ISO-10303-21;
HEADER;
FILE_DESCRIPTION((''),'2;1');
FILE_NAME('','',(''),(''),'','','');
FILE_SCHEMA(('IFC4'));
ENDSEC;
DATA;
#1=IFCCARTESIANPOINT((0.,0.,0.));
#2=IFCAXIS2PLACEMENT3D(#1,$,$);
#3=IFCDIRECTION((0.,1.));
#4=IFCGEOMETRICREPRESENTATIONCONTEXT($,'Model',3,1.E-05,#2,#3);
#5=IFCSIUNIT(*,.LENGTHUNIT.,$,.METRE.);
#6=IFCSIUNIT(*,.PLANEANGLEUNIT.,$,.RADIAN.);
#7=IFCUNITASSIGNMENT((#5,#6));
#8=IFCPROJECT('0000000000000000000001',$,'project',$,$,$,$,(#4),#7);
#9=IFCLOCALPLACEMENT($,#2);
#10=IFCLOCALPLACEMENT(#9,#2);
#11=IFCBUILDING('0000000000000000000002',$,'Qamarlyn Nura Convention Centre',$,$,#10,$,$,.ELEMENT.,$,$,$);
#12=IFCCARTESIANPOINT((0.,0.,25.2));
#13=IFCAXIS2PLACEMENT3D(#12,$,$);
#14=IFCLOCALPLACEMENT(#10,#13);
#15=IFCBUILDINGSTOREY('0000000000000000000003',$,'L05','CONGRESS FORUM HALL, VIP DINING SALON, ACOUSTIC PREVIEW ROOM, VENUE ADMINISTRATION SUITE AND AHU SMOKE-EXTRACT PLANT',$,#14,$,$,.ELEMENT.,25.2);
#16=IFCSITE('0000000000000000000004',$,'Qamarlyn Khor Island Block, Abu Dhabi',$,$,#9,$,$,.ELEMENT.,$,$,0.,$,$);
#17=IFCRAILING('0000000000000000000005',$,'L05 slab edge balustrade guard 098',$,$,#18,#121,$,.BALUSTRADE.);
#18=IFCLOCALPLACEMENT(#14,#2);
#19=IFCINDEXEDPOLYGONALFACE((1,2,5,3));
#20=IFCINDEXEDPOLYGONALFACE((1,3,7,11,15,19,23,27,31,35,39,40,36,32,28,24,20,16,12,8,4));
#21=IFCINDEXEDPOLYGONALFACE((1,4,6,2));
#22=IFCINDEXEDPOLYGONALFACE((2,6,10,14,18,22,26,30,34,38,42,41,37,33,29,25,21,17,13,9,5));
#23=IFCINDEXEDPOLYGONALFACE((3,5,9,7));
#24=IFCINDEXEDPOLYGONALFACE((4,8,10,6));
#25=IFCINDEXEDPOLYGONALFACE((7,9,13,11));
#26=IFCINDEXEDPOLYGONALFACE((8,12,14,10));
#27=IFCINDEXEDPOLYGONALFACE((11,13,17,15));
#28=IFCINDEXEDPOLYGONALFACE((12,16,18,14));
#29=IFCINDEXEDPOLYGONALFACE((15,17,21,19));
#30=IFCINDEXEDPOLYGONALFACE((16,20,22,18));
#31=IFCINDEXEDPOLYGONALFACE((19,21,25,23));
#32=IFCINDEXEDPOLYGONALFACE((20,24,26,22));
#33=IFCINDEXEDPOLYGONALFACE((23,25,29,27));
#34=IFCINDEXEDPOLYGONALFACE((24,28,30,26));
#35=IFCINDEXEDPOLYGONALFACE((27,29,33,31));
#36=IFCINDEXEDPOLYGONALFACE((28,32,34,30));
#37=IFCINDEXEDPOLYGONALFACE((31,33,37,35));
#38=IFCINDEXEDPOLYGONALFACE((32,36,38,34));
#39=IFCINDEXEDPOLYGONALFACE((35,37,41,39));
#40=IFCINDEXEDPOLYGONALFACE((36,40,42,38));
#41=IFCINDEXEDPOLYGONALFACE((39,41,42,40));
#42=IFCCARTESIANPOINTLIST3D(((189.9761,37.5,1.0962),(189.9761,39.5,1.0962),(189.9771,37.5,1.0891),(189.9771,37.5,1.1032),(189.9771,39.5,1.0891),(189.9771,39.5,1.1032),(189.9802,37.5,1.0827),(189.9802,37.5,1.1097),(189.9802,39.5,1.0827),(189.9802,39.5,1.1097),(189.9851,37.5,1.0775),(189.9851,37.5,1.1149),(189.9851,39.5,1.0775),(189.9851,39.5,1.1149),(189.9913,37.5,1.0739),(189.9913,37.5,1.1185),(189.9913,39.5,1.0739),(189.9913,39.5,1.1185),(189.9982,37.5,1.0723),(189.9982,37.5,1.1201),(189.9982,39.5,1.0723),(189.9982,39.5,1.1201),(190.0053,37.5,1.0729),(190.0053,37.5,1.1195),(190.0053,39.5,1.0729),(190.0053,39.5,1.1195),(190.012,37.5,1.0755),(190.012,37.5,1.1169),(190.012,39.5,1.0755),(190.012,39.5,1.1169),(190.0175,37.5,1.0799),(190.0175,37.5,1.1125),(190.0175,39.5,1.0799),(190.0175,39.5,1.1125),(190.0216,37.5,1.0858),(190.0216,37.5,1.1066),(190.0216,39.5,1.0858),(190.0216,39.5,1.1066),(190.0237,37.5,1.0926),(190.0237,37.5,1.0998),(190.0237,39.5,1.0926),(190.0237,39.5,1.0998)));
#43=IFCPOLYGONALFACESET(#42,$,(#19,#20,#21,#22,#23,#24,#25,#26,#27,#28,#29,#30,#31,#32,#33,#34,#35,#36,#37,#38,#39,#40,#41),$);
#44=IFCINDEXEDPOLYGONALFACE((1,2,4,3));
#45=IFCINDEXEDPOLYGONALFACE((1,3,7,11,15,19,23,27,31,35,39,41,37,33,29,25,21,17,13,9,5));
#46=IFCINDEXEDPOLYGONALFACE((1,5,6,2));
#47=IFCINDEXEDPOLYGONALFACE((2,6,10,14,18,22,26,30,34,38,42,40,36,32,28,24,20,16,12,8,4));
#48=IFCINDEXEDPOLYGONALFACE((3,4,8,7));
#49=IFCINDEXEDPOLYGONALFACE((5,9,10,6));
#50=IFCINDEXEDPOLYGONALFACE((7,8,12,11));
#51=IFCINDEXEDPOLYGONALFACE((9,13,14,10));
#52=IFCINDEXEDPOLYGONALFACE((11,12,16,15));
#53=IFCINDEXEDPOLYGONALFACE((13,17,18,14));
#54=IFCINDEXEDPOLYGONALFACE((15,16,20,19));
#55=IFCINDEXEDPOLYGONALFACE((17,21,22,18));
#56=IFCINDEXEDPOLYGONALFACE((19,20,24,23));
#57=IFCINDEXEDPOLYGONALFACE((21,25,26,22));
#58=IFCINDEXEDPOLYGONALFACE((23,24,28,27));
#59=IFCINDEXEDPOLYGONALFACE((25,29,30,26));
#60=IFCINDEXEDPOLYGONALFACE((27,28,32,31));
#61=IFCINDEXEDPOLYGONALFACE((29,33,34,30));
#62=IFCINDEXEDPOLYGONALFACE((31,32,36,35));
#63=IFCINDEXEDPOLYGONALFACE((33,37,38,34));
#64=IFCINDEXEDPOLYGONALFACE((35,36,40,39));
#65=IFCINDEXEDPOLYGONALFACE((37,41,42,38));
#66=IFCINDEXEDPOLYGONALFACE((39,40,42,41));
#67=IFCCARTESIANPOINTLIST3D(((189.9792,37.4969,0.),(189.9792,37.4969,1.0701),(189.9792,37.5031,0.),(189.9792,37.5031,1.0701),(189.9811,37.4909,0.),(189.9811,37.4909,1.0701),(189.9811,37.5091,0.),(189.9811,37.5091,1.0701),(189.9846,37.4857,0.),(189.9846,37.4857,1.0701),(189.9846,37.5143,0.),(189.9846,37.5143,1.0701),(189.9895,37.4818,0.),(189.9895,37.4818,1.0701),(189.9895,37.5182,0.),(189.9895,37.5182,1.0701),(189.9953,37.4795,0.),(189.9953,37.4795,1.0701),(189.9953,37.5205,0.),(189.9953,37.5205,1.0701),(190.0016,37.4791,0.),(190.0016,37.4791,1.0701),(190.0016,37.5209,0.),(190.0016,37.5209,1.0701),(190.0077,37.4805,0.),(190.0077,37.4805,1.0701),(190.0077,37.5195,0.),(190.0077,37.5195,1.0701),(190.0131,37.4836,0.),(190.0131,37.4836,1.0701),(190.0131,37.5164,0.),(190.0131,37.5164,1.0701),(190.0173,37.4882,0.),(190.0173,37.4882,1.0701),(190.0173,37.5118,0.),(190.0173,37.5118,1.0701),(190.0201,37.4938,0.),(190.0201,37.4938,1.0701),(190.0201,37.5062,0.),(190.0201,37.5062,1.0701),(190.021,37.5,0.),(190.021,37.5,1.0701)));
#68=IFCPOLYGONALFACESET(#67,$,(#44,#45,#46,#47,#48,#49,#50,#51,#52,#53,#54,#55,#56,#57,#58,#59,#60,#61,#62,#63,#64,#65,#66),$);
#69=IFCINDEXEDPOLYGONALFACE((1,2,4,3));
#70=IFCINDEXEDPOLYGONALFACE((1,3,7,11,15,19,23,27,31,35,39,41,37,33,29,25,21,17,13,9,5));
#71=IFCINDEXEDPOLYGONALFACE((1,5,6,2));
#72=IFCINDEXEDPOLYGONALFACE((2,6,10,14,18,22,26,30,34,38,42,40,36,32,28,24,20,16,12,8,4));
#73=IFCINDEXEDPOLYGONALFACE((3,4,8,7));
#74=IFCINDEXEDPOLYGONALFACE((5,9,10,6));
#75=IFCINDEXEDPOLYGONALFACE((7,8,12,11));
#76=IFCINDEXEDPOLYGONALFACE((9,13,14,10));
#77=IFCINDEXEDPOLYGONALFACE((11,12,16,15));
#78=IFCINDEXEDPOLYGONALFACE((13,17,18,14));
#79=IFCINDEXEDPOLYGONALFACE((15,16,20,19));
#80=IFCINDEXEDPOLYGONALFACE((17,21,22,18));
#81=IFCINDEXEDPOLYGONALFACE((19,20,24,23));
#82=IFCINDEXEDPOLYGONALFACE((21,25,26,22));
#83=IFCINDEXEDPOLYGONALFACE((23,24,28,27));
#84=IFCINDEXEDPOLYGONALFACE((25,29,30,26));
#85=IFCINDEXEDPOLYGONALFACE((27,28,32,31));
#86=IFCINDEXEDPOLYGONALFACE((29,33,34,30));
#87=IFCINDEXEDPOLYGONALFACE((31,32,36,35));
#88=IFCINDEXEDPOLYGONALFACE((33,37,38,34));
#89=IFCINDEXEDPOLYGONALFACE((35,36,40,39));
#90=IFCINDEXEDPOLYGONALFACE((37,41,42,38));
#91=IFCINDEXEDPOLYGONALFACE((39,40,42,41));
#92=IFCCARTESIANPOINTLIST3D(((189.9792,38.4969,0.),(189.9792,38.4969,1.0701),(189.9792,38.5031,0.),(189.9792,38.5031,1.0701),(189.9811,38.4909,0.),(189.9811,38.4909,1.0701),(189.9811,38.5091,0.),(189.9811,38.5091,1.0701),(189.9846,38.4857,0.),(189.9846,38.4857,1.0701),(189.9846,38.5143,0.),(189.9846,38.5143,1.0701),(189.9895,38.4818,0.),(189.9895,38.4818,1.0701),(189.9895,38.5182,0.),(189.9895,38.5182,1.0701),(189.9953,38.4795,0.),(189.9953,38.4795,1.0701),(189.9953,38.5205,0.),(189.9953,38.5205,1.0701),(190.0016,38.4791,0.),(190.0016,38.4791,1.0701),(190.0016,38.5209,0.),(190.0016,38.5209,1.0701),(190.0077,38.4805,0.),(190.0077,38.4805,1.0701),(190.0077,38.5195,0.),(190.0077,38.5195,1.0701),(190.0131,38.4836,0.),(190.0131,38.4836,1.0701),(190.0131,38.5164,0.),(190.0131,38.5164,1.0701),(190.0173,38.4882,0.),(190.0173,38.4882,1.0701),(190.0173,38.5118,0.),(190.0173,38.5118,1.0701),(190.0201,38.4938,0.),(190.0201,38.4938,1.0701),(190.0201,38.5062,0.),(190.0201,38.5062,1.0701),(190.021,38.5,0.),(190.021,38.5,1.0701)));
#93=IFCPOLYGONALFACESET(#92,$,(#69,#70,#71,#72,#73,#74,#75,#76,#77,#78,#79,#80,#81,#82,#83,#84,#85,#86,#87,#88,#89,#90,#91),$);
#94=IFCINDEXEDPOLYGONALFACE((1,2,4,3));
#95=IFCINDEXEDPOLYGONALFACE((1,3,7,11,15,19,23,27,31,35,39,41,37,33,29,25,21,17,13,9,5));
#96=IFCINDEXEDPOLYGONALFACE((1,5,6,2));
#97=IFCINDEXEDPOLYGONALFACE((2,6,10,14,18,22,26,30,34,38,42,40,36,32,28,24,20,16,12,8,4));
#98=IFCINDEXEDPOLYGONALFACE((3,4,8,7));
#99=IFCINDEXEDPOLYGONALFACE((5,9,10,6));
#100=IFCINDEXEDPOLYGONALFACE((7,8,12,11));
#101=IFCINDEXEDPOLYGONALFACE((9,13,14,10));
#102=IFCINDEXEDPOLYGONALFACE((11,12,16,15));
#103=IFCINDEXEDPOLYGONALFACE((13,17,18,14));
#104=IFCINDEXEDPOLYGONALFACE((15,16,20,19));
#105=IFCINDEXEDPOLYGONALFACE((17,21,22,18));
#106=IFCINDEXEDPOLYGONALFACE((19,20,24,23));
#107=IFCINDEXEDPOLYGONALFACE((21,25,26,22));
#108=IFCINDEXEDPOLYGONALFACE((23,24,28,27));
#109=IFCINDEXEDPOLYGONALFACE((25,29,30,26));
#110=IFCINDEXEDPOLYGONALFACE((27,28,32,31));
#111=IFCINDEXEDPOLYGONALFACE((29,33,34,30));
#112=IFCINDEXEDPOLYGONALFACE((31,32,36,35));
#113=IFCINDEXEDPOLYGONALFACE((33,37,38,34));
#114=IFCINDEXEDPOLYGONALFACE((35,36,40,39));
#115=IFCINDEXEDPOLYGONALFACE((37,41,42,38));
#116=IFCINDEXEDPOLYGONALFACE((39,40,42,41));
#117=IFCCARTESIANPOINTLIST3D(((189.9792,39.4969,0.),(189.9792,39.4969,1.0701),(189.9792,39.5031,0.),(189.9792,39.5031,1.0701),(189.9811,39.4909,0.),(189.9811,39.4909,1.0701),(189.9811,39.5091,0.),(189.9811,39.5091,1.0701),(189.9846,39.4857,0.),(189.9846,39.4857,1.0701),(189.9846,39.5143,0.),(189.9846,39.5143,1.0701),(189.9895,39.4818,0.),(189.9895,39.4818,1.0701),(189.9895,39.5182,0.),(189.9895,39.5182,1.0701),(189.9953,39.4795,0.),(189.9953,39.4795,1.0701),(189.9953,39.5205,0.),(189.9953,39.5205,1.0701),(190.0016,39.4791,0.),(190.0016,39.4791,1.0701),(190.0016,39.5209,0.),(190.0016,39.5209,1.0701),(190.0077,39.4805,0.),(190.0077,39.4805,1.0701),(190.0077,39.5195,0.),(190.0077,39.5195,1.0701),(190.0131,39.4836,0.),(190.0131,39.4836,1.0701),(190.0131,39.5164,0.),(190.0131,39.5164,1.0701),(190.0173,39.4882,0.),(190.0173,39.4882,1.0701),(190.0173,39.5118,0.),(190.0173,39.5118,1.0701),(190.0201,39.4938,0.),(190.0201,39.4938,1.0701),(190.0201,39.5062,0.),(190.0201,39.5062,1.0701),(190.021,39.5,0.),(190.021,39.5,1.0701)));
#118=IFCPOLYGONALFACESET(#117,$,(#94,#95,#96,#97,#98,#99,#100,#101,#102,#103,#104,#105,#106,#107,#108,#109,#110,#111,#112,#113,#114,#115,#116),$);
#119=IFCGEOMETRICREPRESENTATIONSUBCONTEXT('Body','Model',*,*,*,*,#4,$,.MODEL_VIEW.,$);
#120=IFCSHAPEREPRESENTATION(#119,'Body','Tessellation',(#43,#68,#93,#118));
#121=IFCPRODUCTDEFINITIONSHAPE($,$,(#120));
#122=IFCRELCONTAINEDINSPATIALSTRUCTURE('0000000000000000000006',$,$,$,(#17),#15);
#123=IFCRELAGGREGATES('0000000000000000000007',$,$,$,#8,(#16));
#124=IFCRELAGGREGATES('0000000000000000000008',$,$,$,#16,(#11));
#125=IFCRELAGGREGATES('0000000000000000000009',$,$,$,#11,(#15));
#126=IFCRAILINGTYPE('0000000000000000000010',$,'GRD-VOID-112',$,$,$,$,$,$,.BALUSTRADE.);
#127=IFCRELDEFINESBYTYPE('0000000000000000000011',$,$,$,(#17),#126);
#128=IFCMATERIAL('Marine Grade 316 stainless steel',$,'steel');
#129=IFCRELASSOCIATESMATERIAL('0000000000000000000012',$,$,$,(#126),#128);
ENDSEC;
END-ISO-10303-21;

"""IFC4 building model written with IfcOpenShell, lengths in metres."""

from ifc_helpers import new_model, si_unit, direction, frame, origin, origin_2d, place, context, subcontext, project, spatial, circle, extrude, material, type_object, element, save


model = new_model("IFC4")

# Units and contexts
model_context = context("Model", 3, precision=1e-05, world=origin(), true_north=direction((0.0, 1.0)))
body_context = subcontext(model_context, "Body", "Model", "MODEL_VIEW")
ifc_project = project(units=[si_unit("LENGTHUNIT", "METRE"), si_unit("PLANEANGLEUNIT", "RADIAN")], contexts=[model_context])

# Site, building, storey
site_placement = place(None, origin())
site = spatial("IfcSite", under=ifc_project, at=site_placement, Name="Qamarlyn Khor Island Block, Abu Dhabi", CompositionType="ELEMENT", RefElevation=0.0)
building_placement = place(site_placement, origin())
building = spatial("IfcBuilding", under=site, at=building_placement, Name="Qamarlyn Nura Convention Centre", CompositionType="ELEMENT")
storey_placement = place(building_placement, frame((0.0, 0.0, 25.2)))
storey = spatial("IfcBuildingStorey", under=building, at=storey_placement, Name="L05", Description="CONGRESS FORUM HALL, VIP DINING SALON, ACOUSTIC PREVIEW ROOM, VENUE ADMINISTRATION SUITE AND AHU SMOKE-EXTRACT PLANT", CompositionType="ELEMENT", Elevation=25.2)

# Railing
ifc_material_1 = material(Name="Marine Grade 316 stainless steel", Category="steel")
railing_type = type_object("IfcRailingType", Name="GRD-VOID-112", PredefinedType="BALUSTRADE", material=ifc_material_1)
railing_1_placement = place(storey_placement, frame((190.0, 37.5, 0.0)))
element("IfcRailing", 1, at=railing_1_placement, inside=storey, type_object=railing_type, Name="L05 slab edge balustrade guard 098", PredefinedType="BALUSTRADE", context=body_context, shape_type="SweptSolid", body=[
    extrude(circle(Radius=0.0239, at=origin_2d()), frame((0.0, 0.0, 1.0962), z_axis=(0.0, 1.0, 0.0), x_axis=(-1.0, 0.0, 0.0)), (0.0, 0.0, 1.0), 2.0),
    extrude(circle(Radius=0.021, at=origin_2d()), origin(), (0.0, 0.0, 1.0), 1.0701),
    extrude(circle(Radius=0.021, at=origin_2d()), frame((0.0, 1.0, 0.0)), (0.0, 0.0, 1.0), 1.0701),
    extrude(circle(Radius=0.021, at=origin_2d()), frame((0.0, 2.0, 0.0)), (0.0, 0.0, 1.0), 1.0701),
])

save(model, "model.ifc")
